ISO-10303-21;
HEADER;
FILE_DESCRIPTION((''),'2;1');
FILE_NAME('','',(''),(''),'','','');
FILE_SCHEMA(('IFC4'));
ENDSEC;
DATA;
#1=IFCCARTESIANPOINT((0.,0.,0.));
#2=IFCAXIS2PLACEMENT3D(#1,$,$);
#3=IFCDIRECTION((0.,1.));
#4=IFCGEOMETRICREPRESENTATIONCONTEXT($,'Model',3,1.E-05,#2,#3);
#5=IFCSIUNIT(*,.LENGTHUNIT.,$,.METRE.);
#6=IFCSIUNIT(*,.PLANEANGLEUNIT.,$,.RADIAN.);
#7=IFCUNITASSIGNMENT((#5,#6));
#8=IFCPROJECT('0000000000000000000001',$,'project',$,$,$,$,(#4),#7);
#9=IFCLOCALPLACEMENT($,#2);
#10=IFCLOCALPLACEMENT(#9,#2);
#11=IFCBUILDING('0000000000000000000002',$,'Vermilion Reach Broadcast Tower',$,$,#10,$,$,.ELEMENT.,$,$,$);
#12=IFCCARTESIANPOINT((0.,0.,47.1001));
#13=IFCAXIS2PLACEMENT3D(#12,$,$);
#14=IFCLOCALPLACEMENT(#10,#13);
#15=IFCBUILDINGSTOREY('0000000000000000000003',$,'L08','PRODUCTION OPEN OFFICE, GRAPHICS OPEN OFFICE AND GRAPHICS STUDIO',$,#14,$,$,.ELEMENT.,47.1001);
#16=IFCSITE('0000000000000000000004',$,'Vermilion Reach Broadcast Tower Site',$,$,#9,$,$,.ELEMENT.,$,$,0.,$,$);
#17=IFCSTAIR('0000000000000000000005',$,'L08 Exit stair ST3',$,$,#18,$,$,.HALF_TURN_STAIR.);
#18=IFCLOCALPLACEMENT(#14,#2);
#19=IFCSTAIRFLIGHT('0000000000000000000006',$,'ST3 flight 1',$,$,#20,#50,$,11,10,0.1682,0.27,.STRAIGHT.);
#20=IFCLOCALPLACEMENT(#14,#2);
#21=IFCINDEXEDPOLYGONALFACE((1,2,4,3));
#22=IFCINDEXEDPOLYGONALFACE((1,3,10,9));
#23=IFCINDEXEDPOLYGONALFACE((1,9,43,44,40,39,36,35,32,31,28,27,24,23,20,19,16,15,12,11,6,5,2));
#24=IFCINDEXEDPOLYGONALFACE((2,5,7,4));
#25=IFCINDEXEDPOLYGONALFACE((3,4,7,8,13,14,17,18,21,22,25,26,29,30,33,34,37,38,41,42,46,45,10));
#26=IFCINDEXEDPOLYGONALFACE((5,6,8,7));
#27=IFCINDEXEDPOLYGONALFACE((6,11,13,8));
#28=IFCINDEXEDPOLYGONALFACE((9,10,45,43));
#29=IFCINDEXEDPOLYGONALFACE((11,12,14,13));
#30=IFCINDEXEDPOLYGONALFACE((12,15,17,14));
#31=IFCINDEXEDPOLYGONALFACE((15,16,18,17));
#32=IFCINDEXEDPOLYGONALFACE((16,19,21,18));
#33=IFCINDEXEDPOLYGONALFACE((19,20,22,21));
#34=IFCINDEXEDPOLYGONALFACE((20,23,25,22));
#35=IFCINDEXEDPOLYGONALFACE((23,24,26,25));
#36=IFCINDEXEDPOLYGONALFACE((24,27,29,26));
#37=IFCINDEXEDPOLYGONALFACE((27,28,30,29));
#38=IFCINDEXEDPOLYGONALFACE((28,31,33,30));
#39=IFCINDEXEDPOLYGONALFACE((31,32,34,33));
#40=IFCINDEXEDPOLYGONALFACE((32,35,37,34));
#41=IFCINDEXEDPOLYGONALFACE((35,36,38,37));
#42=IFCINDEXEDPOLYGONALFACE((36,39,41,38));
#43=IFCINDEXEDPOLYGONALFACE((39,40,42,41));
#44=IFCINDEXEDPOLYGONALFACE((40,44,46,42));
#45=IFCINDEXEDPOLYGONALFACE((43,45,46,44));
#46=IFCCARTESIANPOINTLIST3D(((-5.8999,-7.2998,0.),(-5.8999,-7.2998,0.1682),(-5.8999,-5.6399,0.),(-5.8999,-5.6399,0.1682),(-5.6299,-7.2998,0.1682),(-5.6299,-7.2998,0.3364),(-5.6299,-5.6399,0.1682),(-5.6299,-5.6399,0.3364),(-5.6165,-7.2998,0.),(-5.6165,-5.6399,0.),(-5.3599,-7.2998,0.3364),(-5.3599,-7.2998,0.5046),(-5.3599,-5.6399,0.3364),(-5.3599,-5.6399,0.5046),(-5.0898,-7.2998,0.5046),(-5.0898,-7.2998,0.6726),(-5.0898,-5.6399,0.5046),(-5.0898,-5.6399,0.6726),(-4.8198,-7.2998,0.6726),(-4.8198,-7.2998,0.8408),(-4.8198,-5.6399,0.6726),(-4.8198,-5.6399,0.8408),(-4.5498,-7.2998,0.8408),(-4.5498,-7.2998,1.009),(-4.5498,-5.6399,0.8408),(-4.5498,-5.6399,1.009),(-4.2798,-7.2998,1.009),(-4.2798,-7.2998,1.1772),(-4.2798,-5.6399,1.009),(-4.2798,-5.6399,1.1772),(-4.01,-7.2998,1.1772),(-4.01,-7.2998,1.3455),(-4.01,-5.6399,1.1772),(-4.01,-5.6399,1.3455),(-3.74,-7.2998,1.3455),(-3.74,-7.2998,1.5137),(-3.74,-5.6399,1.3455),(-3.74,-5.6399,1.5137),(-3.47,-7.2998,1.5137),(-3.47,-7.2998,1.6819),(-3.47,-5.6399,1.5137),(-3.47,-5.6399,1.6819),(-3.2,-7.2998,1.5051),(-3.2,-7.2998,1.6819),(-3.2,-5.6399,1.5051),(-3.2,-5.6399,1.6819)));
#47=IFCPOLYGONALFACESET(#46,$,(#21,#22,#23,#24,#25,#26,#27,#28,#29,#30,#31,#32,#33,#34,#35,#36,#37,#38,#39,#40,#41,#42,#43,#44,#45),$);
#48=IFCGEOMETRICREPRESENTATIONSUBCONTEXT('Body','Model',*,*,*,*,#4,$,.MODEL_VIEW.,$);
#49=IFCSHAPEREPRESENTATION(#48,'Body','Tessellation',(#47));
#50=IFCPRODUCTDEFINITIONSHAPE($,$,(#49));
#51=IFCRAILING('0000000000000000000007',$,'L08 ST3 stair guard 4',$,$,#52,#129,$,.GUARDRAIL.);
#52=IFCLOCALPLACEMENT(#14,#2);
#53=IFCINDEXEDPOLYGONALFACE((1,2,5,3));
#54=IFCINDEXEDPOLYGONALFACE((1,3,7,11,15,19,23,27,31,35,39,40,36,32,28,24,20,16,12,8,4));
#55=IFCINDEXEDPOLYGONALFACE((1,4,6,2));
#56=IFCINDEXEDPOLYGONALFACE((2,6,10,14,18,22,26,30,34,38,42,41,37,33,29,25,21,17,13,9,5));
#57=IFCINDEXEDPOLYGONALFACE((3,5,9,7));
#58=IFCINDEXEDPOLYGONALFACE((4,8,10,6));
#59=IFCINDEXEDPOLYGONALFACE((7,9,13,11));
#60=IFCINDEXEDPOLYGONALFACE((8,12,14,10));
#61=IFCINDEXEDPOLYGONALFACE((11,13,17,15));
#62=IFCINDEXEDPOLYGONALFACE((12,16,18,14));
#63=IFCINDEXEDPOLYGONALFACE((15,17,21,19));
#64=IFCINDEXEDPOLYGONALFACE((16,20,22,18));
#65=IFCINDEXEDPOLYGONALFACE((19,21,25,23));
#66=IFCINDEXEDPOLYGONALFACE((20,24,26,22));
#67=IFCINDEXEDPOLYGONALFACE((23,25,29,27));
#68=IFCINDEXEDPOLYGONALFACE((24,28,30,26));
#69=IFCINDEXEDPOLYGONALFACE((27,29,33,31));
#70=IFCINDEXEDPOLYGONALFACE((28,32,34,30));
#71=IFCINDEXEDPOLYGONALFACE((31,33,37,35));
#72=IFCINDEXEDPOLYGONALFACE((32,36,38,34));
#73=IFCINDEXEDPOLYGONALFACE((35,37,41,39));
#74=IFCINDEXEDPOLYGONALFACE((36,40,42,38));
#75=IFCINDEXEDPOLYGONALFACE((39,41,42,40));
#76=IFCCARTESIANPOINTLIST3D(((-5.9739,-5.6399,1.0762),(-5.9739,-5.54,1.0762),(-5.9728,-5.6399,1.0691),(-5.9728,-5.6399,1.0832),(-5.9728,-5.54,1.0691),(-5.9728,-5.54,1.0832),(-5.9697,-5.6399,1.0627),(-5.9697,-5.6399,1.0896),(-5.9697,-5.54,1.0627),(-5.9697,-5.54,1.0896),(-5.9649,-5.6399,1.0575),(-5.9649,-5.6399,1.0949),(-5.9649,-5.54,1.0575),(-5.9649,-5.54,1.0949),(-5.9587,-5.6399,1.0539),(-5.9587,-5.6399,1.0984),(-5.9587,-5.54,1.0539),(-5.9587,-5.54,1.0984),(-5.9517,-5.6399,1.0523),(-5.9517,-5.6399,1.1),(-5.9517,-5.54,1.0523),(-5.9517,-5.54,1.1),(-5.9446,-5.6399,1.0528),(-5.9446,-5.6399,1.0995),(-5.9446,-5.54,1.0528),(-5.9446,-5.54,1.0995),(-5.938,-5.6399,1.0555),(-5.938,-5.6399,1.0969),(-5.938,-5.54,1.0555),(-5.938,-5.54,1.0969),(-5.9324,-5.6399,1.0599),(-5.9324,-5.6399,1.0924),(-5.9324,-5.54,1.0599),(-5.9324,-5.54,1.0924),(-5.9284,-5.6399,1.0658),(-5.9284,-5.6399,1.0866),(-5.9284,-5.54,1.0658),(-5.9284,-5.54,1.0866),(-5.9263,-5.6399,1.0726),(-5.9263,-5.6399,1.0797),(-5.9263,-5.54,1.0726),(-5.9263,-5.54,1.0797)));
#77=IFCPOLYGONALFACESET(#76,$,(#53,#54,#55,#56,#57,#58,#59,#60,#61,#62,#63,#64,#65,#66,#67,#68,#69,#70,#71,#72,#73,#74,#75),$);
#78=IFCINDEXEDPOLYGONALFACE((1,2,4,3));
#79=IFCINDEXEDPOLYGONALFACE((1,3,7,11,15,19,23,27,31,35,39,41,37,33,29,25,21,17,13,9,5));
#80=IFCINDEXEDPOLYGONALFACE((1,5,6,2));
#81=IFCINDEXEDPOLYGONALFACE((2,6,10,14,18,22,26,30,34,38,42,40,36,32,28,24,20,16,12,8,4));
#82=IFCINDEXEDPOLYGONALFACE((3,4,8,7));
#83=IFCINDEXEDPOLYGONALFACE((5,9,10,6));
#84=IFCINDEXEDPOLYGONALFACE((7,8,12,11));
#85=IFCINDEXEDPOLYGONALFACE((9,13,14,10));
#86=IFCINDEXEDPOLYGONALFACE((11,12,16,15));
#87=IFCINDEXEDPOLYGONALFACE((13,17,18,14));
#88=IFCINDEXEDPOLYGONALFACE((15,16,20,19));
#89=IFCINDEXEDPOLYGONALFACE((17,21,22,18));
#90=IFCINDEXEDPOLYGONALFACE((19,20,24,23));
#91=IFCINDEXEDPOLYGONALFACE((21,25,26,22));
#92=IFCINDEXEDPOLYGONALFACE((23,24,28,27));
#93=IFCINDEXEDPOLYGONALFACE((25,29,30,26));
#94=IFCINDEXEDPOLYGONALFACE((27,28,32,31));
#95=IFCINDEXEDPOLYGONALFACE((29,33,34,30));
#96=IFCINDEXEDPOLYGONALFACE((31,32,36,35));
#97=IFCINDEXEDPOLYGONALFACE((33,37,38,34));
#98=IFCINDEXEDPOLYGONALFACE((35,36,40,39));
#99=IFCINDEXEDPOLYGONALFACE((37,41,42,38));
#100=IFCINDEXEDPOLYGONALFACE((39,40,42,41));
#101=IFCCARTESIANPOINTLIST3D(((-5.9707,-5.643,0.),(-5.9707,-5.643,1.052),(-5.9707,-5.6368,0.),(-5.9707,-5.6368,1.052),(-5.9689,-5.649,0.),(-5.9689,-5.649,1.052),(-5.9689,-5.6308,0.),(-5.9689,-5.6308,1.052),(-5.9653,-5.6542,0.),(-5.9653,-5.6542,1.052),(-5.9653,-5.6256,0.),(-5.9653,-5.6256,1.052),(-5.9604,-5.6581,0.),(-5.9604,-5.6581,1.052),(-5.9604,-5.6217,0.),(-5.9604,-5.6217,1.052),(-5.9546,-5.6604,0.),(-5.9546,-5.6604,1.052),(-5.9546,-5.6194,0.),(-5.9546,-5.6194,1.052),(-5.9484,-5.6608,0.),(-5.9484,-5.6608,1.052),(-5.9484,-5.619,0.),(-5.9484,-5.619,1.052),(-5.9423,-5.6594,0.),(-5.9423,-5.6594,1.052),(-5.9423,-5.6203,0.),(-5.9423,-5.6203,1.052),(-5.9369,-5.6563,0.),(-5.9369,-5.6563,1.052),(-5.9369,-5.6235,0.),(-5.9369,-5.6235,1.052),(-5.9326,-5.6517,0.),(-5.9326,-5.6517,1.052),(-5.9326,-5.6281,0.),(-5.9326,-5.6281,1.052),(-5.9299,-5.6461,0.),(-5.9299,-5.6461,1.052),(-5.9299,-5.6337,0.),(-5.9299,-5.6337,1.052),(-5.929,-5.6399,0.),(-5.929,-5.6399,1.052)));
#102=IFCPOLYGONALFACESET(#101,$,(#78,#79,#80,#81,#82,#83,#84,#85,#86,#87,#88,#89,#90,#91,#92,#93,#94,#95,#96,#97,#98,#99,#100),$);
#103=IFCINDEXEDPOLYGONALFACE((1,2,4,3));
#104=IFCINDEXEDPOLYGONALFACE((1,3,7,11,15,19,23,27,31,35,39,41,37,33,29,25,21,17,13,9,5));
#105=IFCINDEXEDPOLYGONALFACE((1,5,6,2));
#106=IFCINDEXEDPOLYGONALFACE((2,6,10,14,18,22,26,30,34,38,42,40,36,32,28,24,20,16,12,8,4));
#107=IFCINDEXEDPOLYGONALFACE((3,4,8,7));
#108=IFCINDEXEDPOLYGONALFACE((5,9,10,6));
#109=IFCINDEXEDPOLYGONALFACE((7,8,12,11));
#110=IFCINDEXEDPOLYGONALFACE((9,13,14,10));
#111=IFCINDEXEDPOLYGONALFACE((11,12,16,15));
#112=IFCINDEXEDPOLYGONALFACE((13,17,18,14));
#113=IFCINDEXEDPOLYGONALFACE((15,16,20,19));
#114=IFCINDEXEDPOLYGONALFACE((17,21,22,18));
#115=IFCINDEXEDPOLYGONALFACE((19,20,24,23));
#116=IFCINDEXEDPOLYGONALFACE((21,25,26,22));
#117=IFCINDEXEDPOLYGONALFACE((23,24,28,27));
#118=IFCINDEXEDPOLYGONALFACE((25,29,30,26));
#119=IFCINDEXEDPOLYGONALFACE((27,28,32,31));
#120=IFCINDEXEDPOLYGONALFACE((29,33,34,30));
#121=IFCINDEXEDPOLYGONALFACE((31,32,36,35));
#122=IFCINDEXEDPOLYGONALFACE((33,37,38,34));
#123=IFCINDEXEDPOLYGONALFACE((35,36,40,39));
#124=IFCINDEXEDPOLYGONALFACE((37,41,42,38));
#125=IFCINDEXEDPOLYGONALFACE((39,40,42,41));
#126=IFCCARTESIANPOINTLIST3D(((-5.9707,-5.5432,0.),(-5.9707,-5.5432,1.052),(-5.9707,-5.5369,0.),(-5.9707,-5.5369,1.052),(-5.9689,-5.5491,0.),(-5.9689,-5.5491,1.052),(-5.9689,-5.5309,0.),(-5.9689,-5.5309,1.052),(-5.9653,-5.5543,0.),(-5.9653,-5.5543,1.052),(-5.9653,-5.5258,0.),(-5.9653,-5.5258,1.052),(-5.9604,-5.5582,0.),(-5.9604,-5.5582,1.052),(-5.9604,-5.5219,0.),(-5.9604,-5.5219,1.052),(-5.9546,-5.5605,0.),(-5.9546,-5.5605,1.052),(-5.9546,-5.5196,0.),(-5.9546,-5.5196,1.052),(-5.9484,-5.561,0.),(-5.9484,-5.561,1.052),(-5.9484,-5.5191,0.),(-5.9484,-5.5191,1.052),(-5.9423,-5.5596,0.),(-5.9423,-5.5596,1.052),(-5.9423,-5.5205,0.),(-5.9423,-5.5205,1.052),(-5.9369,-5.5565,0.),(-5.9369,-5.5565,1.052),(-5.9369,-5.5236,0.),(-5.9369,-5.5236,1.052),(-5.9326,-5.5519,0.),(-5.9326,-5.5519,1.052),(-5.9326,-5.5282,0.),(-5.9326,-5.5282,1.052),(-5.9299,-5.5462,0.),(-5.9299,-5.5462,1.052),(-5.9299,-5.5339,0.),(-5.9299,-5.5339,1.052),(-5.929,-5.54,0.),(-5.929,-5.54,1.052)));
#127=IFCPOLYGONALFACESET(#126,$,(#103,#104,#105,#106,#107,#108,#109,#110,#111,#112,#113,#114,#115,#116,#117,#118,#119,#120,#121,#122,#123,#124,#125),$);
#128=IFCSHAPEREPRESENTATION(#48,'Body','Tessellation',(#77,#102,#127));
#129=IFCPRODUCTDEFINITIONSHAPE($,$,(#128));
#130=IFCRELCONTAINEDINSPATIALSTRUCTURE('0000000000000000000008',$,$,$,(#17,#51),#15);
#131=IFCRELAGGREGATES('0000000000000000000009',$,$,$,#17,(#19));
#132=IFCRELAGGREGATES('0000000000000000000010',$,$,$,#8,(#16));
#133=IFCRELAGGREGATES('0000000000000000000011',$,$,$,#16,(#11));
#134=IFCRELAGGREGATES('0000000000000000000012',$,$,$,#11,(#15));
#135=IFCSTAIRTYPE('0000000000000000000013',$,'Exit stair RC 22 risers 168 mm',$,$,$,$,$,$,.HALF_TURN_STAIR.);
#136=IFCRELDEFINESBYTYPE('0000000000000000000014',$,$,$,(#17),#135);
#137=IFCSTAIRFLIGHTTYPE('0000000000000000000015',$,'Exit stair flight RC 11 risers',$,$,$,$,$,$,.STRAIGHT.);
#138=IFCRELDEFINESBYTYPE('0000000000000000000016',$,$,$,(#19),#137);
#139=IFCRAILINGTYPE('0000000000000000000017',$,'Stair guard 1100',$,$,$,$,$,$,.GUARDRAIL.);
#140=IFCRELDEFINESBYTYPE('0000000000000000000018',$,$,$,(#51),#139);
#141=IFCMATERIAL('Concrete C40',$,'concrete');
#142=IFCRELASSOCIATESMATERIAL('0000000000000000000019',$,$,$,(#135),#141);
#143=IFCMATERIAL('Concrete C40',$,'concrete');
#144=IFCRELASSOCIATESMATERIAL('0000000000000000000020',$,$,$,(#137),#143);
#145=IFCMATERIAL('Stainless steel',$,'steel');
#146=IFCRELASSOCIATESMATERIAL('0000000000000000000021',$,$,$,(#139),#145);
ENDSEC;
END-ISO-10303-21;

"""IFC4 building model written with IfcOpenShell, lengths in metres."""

from ifc_helpers import new_model, si_unit, direction, frame, origin, origin_2d, place, context, subcontext, project, spatial, polyline, circle, outline, extrude, material, type_object, element, aggregate, save


model = new_model("IFC4")

# Units and contexts
model_context = context("Model", 3, precision=1e-05, world=origin(), true_north=direction((0.0, 1.0)))
body_context = subcontext(model_context, "Body", "Model", "MODEL_VIEW")
ifc_project = project(units=[si_unit("LENGTHUNIT", "METRE"), si_unit("PLANEANGLEUNIT", "RADIAN")], contexts=[model_context])

# Site, building, storey
site_placement = place(None, origin())
site = spatial("IfcSite", under=ifc_project, at=site_placement, Name="Vermilion Reach Broadcast Tower Site", CompositionType="ELEMENT", RefElevation=0.0)
building_placement = place(site_placement, origin())
building = spatial("IfcBuilding", under=site, at=building_placement, Name="Vermilion Reach Broadcast Tower", CompositionType="ELEMENT")
storey_placement = place(building_placement, frame((0.0, 0.0, 47.1001)))
storey = spatial("IfcBuildingStorey", under=building, at=storey_placement, Name="L08", Description="PRODUCTION OPEN OFFICE, GRAPHICS OPEN OFFICE AND GRAPHICS STUDIO", CompositionType="ELEMENT", Elevation=47.1001)

# Stair, stair flight
ifc_material_1 = material(Name="Concrete C40", Category="concrete")
stair_type = type_object("IfcStairType", Name="Exit stair RC 22 risers 168 mm", PredefinedType="HALF_TURN_STAIR", material=ifc_material_1)
stair_placement = place(storey_placement, origin())
stair = element("IfcStair", 1, at=stair_placement, inside=storey, type_object=stair_type, Name="L08 Exit stair ST3", PredefinedType="HALF_TURN_STAIR")
ifc_material_2 = material(Name="Concrete C40", Category="concrete")
stair_flight_type = type_object("IfcStairFlightType", Name="Exit stair flight RC 11 risers", PredefinedType="STRAIGHT", material=ifc_material_2)
stair_flight_placement = place(storey_placement, frame((-5.8999, -6.47, 0.0), z_axis=(0.0, 0.0, 1.0), x_axis=(1.0, 0.0, 0.0)))
stair_flight = element("IfcStairFlight", 2, at=stair_flight_placement, type_object=stair_flight_type, Name="ST3 flight 1", NumberOfRisers=11, NumberOfTreads=10, PredefinedType="STRAIGHT", RiserHeight=0.1682, TreadLength=0.27, context=body_context, shape_type="SweptSolid", body=[
    extrude(outline(polyline([(0.0, 0.0), (0.0, 0.1682), (0.27, 0.1682), (0.27, 0.3364), (0.54, 0.3364), (0.54, 0.5046), (0.8101, 0.5046), (0.8101, 0.6726), (1.0801, 0.6726), (1.0801, 0.8408), (1.3501, 0.8408), (1.3501, 1.009), (1.6201, 1.009), (1.6201, 1.1772), (1.8899, 1.1772), (1.8899, 1.3455), (2.1599, 1.3455), (2.1599, 1.5137), (2.4299, 1.5137), (2.4299, 1.6819), (2.7, 1.6819), (2.7, 1.8501), (2.7, 1.5051), (0.2834, 0.0), (0.0, 0.0)])), frame((0.0, 0.8301, 0.0), z_axis=(0.0, -1.0, 0.0), x_axis=(1.0, 0.0, 0.0)), (0.0, 0.0, 1.0), 1.6599),
])
aggregate(stair, [stair_flight])

# Railing
ifc_material_3 = material(Name="Stainless steel", Category="steel")
railing_type = type_object("IfcRailingType", Name="Stair guard 1100", PredefinedType="GUARDRAIL", material=ifc_material_3)
railing_placement = place(storey_placement, frame((-5.95, -5.6399, 0.0)))
element("IfcRailing", 3, at=railing_placement, inside=storey, type_object=railing_type, Name="L08 ST3 stair guard 4", PredefinedType="GUARDRAIL", context=body_context, shape_type="SweptSolid", body=[
    extrude(circle(Radius=0.0239, at=origin_2d()), frame((0.0, 0.0, 1.0762), z_axis=(0.0, 1.0, 0.0), x_axis=(-1.0, 0.0, 0.0)), (0.0, 0.0, 1.0), 0.0999),
    extrude(circle(Radius=0.021, at=origin_2d()), origin(), (0.0, 0.0, 1.0), 1.052),
    extrude(circle(Radius=0.021, at=origin_2d()), frame((0.0, 0.0999, 0.0)), (0.0, 0.0, 1.0), 1.052),
])

save(model, "model.ifc")
